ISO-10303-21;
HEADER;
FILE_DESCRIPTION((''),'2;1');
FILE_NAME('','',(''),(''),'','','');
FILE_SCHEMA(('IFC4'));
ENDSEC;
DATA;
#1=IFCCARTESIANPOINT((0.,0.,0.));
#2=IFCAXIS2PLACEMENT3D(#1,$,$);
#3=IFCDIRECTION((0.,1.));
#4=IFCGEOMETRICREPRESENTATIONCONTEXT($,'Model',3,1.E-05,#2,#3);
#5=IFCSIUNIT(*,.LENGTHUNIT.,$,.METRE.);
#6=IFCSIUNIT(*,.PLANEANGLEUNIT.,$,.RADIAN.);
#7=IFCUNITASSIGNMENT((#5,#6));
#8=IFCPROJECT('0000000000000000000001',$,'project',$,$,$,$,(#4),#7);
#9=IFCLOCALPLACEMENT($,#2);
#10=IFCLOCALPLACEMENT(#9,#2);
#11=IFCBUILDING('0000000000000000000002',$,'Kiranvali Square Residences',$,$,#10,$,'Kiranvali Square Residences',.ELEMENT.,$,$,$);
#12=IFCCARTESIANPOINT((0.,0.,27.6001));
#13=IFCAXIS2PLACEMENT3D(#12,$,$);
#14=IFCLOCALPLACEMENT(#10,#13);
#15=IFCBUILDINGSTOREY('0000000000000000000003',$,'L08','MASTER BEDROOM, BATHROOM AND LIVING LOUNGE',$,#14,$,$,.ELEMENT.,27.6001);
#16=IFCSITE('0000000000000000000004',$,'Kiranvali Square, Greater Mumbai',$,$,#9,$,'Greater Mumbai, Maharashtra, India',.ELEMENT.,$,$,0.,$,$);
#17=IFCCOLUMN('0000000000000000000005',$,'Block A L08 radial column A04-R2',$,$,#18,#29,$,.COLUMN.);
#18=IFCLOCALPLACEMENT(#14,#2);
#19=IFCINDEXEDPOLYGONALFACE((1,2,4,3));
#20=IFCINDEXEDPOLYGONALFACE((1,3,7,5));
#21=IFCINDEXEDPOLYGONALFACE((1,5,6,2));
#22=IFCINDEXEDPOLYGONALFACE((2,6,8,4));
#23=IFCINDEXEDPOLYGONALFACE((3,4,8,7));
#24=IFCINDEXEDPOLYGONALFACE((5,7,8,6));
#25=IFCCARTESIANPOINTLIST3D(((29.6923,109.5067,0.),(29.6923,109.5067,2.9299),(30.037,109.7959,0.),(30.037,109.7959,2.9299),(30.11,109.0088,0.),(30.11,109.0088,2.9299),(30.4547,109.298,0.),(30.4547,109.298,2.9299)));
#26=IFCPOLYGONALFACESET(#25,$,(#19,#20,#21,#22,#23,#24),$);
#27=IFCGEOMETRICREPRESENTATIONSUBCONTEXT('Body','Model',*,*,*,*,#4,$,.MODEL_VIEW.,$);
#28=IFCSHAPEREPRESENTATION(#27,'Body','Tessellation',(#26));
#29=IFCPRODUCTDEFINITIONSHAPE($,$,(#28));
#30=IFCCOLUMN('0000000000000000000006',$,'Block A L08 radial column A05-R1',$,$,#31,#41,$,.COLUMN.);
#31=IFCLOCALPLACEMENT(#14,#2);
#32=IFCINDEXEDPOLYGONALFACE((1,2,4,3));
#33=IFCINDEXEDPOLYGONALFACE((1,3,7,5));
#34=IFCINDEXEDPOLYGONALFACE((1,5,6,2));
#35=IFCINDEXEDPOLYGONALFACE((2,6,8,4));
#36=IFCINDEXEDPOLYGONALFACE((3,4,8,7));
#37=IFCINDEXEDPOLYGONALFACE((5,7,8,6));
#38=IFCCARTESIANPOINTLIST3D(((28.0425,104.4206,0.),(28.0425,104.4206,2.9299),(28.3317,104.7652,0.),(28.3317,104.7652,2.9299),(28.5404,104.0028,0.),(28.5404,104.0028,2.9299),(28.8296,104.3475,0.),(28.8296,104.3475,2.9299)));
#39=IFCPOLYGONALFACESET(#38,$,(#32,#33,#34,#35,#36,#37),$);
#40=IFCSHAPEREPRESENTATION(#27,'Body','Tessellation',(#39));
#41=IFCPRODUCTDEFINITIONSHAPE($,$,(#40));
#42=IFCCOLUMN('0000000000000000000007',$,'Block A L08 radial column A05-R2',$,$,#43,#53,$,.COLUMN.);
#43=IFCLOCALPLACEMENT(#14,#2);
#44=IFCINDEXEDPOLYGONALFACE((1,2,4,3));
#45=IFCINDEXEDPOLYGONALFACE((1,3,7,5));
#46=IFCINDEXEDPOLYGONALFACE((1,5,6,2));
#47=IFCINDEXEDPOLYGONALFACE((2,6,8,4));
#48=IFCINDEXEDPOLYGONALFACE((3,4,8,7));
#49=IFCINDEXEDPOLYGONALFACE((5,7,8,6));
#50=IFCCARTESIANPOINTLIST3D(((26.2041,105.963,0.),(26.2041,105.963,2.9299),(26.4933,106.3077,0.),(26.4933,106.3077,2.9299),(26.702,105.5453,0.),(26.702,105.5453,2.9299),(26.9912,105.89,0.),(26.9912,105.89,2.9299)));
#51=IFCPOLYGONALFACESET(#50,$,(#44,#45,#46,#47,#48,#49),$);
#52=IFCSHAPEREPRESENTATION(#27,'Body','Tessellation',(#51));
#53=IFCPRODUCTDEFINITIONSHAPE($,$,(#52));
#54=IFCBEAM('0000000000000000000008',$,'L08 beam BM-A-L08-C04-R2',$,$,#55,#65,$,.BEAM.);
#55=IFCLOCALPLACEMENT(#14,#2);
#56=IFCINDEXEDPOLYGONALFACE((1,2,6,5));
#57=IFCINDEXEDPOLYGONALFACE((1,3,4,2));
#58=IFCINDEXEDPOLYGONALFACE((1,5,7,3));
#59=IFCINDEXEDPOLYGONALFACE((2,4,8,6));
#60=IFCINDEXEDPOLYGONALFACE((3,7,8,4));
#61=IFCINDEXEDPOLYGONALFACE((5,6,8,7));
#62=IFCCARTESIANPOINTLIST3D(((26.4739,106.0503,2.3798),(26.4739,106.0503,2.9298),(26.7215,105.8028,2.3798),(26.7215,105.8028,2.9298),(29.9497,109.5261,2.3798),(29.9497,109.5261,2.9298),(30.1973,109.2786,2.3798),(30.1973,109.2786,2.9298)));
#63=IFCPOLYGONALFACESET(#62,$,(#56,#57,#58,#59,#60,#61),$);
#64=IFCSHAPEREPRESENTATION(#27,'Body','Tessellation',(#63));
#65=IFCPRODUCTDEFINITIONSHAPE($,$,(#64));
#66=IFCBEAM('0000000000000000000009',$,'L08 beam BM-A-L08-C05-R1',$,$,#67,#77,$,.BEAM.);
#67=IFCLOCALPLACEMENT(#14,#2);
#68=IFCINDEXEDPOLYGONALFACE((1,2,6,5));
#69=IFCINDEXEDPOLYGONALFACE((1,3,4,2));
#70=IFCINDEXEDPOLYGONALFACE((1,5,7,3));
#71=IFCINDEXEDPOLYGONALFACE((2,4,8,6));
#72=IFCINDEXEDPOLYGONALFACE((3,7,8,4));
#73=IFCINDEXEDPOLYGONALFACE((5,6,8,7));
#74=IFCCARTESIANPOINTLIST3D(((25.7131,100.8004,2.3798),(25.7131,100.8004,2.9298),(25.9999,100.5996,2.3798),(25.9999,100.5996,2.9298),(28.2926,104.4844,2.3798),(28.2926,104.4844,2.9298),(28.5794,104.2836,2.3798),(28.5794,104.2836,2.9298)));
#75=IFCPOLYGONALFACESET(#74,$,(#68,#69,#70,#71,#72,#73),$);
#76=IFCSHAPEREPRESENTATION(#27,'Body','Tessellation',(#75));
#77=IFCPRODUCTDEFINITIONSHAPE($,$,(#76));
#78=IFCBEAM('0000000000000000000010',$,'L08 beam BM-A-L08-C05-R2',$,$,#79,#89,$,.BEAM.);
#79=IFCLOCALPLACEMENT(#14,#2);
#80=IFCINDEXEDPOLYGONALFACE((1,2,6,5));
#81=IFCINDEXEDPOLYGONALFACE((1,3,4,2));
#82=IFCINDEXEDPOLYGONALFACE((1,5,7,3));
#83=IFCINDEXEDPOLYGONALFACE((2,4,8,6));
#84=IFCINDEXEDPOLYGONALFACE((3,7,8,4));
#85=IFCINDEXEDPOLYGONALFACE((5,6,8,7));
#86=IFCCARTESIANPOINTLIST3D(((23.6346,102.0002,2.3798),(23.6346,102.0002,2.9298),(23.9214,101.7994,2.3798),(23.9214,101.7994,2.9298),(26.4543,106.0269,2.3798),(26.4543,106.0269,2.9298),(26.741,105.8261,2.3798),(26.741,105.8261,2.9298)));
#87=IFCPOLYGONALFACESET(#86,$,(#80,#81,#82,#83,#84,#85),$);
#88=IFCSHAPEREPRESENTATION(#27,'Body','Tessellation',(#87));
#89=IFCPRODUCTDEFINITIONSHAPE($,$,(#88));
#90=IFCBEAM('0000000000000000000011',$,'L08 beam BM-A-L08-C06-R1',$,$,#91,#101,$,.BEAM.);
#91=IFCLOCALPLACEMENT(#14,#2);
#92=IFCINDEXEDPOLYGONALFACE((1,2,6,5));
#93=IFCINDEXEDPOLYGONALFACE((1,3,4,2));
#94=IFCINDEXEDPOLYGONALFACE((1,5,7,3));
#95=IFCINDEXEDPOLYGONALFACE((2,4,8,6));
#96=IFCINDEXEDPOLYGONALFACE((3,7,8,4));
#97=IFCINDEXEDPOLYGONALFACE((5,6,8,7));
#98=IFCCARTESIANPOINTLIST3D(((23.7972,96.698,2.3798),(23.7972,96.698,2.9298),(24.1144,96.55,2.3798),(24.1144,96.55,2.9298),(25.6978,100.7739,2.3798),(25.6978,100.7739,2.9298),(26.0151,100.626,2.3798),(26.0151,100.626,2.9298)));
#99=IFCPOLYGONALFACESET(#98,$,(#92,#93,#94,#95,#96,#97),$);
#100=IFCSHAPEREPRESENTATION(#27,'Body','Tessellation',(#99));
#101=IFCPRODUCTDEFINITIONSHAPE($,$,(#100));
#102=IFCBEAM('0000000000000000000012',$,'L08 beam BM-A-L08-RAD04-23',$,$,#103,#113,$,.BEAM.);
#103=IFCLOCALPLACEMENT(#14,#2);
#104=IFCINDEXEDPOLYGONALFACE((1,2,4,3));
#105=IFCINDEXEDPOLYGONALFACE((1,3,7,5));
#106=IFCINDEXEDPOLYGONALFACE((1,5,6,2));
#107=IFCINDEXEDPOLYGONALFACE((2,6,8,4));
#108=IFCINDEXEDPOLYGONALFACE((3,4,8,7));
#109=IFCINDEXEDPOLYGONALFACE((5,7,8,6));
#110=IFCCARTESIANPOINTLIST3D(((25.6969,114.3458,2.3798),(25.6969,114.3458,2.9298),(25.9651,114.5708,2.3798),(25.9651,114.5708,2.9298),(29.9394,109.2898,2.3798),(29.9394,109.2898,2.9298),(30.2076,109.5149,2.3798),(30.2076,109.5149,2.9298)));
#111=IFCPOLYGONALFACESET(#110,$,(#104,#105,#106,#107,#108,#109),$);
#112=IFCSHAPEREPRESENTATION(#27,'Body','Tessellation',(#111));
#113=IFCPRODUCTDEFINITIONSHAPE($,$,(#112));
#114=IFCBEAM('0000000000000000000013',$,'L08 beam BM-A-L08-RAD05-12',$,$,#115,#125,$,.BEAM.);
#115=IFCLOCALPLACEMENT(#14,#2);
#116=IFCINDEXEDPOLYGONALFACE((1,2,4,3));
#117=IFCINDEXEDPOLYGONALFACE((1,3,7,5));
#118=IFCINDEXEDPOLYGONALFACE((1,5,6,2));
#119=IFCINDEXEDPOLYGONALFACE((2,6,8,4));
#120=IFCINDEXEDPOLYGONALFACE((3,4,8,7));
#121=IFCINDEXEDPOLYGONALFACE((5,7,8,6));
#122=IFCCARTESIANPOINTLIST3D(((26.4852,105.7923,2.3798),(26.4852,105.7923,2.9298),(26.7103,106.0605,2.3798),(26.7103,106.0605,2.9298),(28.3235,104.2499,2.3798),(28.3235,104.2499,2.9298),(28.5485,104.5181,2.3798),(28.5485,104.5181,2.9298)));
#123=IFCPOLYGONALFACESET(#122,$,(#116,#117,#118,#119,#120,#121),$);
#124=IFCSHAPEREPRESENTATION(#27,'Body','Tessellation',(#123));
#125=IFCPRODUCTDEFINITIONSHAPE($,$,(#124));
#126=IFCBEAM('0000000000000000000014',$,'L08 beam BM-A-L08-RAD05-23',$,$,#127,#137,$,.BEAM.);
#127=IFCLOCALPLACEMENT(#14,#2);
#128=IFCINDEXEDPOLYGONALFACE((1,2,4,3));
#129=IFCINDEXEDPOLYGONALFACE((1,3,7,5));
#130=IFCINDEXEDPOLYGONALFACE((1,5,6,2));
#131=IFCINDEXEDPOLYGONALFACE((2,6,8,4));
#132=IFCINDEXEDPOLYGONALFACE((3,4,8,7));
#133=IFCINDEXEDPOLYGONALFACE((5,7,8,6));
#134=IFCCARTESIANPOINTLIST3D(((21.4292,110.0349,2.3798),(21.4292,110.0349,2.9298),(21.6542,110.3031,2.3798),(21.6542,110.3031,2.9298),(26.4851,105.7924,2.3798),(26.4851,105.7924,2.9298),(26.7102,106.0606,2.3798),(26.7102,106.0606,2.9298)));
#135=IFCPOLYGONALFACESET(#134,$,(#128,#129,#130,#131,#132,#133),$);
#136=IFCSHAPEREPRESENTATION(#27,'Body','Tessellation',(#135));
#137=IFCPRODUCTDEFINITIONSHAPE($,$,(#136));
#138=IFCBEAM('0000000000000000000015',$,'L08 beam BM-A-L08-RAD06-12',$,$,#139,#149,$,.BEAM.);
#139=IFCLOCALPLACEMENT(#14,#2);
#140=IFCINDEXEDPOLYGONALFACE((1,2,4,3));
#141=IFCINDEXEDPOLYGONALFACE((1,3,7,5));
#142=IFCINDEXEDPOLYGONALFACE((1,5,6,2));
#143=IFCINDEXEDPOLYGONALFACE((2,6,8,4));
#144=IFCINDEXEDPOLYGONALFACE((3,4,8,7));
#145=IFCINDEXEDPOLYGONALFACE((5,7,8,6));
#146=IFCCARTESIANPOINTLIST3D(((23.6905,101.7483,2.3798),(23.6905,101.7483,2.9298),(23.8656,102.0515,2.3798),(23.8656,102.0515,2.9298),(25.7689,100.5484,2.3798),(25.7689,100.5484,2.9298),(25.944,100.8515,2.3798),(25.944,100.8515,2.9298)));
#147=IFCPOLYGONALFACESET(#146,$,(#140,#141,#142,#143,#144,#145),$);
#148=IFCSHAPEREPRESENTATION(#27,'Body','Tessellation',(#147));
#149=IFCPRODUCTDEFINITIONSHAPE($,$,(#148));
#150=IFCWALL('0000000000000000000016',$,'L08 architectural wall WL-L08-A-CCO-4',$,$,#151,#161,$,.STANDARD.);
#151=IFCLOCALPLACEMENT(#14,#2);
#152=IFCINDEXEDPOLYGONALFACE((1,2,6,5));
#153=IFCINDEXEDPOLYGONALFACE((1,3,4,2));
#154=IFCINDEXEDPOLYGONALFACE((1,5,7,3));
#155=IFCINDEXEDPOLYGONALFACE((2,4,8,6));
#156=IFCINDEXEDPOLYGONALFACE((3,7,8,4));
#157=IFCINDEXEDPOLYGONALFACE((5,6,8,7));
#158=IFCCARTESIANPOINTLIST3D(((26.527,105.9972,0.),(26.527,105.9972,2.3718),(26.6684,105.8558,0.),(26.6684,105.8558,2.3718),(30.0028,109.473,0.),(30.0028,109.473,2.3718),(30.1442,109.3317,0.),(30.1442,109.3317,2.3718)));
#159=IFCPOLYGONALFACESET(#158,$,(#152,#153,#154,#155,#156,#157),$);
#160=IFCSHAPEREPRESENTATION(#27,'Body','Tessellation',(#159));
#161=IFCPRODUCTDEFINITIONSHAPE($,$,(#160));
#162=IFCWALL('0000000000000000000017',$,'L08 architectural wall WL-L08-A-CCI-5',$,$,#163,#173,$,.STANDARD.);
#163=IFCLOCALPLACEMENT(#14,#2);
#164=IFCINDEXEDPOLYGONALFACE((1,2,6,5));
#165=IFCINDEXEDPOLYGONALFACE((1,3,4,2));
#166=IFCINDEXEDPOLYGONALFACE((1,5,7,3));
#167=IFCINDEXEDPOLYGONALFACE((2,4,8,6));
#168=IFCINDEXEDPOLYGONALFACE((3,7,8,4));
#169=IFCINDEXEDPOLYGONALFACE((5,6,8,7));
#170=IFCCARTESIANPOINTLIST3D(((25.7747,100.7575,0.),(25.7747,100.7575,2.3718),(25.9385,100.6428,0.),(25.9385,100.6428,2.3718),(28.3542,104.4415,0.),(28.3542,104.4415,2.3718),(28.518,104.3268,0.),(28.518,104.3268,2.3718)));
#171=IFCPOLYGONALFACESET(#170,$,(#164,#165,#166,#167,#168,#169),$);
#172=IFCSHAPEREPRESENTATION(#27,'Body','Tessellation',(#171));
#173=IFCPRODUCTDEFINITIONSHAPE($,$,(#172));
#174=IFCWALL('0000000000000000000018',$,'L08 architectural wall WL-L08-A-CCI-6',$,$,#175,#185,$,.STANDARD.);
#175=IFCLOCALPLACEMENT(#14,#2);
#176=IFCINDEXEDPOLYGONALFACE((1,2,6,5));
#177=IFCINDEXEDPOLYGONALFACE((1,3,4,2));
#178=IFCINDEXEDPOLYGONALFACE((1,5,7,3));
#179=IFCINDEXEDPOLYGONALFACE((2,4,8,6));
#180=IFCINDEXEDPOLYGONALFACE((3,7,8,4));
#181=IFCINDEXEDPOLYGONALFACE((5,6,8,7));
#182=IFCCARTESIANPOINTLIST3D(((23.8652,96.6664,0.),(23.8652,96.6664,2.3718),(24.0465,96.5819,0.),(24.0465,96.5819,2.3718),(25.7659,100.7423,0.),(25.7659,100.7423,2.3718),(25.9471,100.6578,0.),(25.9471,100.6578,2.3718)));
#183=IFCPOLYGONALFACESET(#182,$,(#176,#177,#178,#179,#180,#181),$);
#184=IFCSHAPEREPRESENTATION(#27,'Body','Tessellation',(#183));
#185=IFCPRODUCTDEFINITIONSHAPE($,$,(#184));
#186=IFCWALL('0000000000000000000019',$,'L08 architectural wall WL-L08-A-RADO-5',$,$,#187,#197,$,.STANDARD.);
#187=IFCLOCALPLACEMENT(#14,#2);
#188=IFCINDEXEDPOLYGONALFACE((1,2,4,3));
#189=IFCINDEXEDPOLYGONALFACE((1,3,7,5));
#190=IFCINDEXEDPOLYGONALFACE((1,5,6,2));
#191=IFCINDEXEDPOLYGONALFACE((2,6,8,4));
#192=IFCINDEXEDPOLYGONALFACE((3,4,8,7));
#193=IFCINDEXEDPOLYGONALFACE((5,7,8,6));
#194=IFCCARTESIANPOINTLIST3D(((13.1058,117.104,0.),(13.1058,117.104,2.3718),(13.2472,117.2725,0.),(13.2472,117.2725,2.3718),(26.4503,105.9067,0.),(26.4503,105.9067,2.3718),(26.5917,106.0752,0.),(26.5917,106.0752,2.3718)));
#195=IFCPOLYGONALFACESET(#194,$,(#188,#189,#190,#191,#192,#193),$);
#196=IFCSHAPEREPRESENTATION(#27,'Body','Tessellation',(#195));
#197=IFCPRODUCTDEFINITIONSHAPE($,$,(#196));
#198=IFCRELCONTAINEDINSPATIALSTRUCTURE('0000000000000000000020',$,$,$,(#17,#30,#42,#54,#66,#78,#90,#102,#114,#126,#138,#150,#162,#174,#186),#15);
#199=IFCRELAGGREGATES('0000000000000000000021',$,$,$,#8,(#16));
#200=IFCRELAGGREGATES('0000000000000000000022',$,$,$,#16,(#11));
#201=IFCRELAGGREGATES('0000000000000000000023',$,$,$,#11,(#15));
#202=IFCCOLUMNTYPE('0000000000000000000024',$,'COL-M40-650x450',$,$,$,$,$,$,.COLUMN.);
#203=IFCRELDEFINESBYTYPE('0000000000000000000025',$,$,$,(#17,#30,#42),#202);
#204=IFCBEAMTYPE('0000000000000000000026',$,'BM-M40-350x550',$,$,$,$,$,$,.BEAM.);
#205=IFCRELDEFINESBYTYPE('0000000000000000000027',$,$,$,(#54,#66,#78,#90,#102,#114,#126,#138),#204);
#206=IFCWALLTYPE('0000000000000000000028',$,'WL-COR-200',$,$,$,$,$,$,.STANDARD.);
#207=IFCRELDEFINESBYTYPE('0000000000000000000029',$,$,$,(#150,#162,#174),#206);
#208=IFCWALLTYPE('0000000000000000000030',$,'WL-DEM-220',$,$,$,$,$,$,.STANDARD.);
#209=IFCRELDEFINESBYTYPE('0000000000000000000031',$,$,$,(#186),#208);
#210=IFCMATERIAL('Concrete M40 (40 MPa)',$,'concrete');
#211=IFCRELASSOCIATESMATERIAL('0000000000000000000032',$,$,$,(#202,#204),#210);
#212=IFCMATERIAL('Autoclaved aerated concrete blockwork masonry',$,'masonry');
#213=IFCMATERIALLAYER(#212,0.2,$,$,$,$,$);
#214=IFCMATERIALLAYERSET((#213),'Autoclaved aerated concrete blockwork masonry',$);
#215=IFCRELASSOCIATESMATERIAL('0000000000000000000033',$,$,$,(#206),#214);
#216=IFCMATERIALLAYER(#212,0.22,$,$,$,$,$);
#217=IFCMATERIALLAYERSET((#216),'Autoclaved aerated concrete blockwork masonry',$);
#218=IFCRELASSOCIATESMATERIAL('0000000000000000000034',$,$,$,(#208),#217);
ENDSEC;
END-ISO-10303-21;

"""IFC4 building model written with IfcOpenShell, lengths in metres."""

from ifc_helpers import new_model, si_unit, direction, frame, frame_2d, origin, origin_2d, place, context, subcontext, project, spatial, rectangle, extrude, material, layer, layer_set, material_profile, profile_set, type_object, element, save


model = new_model("IFC4")

# Units and contexts
model_context = context("Model", 3, precision=1e-05, world=origin(), true_north=direction((0.0, 1.0)))
body_context = subcontext(model_context, "Body", "Model", "MODEL_VIEW")
ifc_project = project(units=[si_unit("LENGTHUNIT", "METRE"), si_unit("PLANEANGLEUNIT", "RADIAN")], contexts=[model_context])

# Site, building, storey
site_placement = place(None, origin())
site = spatial("IfcSite", under=ifc_project, at=site_placement, Name="Kiranvali Square, Greater Mumbai", LongName="Greater Mumbai, Maharashtra, India", CompositionType="ELEMENT", RefElevation=0.0)
building_placement = place(site_placement, origin())
building = spatial("IfcBuilding", under=site, at=building_placement, Name="Kiranvali Square Residences", LongName="Kiranvali Square Residences", CompositionType="ELEMENT")
storey_placement = place(building_placement, frame((0.0, 0.0, 27.6001)))
storey = spatial("IfcBuildingStorey", under=building, at=storey_placement, Name="L08", Description="MASTER BEDROOM, BATHROOM AND LIVING LOUNGE", CompositionType="ELEMENT", Elevation=27.6001)

# Columns
ifc_material_1 = material(Name="Concrete M40 (40 MPa)", Category="concrete")
ifc_material_profile_1 = material_profile(ifc_material_1, rectangle(XDim=0.45, YDim=0.6499, at=origin_2d()), Name="RC 650x450")
ifc_profile_set_1 = profile_set([ifc_material_profile_1], Name="Concrete M40 (40 MPa)")
column_type = type_object("IfcColumnType", Name="COL-M40-650x450", PredefinedType="COLUMN", material=ifc_profile_set_1)
for number, where, z_axis, x_axis, name in (
    (1, (30.0735, 109.4023, 0.0), (0.0, 0.0, 1.0), (0.766044, 0.642788, 0.0), "Block A L08 radial column A04-R2"),
    (2, (28.436, 104.384, 0.0), (0.0, 0.0, 1.0), (0.642788, 0.766044, 0.0), "Block A L08 radial column A05-R1"),
    (3, (26.5977, 105.9265, 0.0), (0.0, 0.0, 1.0), (0.642788, 0.766044, 0.0), "Block A L08 radial column A05-R2"),
):
    element("IfcColumn", number, at=place(storey_placement, frame(where, z_axis=z_axis, x_axis=x_axis)), inside=storey, type_object=column_type, Name=name, PredefinedType="COLUMN", context=body_context, shape_type="SweptSolid", body=[
        extrude(rectangle(XDim=0.45, YDim=0.6499, at=origin_2d()), origin(), (0.0, 0.0, 1.0), 2.9299),
    ])

# Beams
ifc_material_profile_2 = material_profile(ifc_material_1, rectangle(XDim=0.3501, YDim=0.55, at=origin_2d()), Name="RC 350x550")
ifc_profile_set_2 = profile_set([ifc_material_profile_2], Name="Concrete M40 (40 MPa)")
beam_type = type_object("IfcBeamType", Name="BM-M40-350x550", PredefinedType="BEAM", material=ifc_profile_set_2)
beam_1_placement = place(storey_placement, frame((30.0735, 109.4023, 2.6548), z_axis=(-0.707107, -0.707107, 0.0), x_axis=(0.707107, -0.707107, 0.0)))
element("IfcBeam", 4, at=beam_1_placement, inside=storey, type_object=beam_type, Name="L08 beam BM-A-L08-C04-R2", PredefinedType="BEAM", context=body_context, shape_type="SweptSolid", body=[
    extrude(rectangle(XDim=0.3501, YDim=0.55, at=origin_2d()), origin(), (0.0, 0.0, 1.0), 4.9155),
])
beam_2_placement = place(storey_placement, frame((28.436, 104.384, 2.6548), z_axis=(-0.573572, -0.819155, 0.0), x_axis=(0.819155, -0.573572, 0.0)))
element("IfcBeam", 5, at=beam_2_placement, inside=storey, type_object=beam_type, Name="L08 beam BM-A-L08-C05-R1", PredefinedType="BEAM", context=body_context, shape_type="SweptSolid", body=[
    extrude(rectangle(XDim=0.3501, YDim=0.55, at=origin_2d()), origin(), (0.0, 0.0, 1.0), 4.4973),
])
beam_3_placement = place(storey_placement, frame((26.5977, 105.9265, 2.6548), z_axis=(-0.573592, -0.819141, 0.0), x_axis=(0.819141, -0.573592, 0.0)))
element("IfcBeam", 6, at=beam_3_placement, inside=storey, type_object=beam_type, Name="L08 beam BM-A-L08-C05-R2", PredefinedType="BEAM", context=body_context, shape_type="SweptSolid", body=[
    extrude(rectangle(XDim=0.3501, YDim=0.55, at=origin_2d()), origin(), (0.0, 0.0, 1.0), 4.9158),
])
beam_4_placement = place(storey_placement, frame((25.8564, 100.7, 2.6548), z_axis=(-0.422618, -0.906308, 0.0), x_axis=(0.906308, -0.422618, 0.0)))
element("IfcBeam", 7, at=beam_4_placement, inside=storey, type_object=beam_type, Name="L08 beam BM-A-L08-C06-R1", PredefinedType="BEAM", context=body_context, shape_type="SweptSolid", body=[
    extrude(rectangle(XDim=0.3501, YDim=0.55, at=origin_2d()), origin(), (0.0, 0.0, 1.0), 4.4973),
])
beam_5_placement = place(storey_placement, frame((30.0735, 109.4023, 2.6548), z_axis=(-0.642789, 0.766043, 0.0), x_axis=(-0.766043, -0.642789, 0.0)))
element("IfcBeam", 8, at=beam_5_placement, inside=storey, type_object=beam_type, Name="L08 beam BM-A-L08-RAD04-23", PredefinedType="BEAM", context=body_context, shape_type="SweptSolid", body=[
    extrude(rectangle(XDim=0.3501, YDim=0.55, at=origin_2d()), origin(), (0.0, 0.0, 1.0), 6.6001),
])
beam_6_placement = place(storey_placement, frame((28.436, 104.384, 2.6548), z_axis=(-0.766065, 0.642763, 0.0), x_axis=(-0.642763, -0.766065, 0.0)))
element("IfcBeam", 9, at=beam_6_placement, inside=storey, type_object=beam_type, Name="L08 beam BM-A-L08-RAD05-12", PredefinedType="BEAM", context=body_context, shape_type="SweptSolid", body=[
    extrude(rectangle(XDim=0.3501, YDim=0.55, at=origin_2d()), origin(), (0.0, 0.0, 1.0), 2.3997),
])
beam_7_placement = place(storey_placement, frame((26.5977, 105.9265, 2.6548), z_axis=(-0.766043, 0.642789, 0.0), x_axis=(-0.642789, -0.766043, 0.0)))
element("IfcBeam", 10, at=beam_7_placement, inside=storey, type_object=beam_type, Name="L08 beam BM-A-L08-RAD05-23", PredefinedType="BEAM", context=body_context, shape_type="SweptSolid", body=[
    extrude(rectangle(XDim=0.3501, YDim=0.55, at=origin_2d()), origin(), (0.0, 0.0, 1.0), 6.6001),
])
beam_8_placement = place(storey_placement, frame((25.8564, 100.7, 2.6548), z_axis=(-0.866025, 0.500001, 0.0), x_axis=(-0.500001, -0.866025, 0.0)))
element("IfcBeam", 11, at=beam_8_placement, inside=storey, type_object=beam_type, Name="L08 beam BM-A-L08-RAD06-12", PredefinedType="BEAM", context=body_context, shape_type="SweptSolid", body=[
    extrude(rectangle(XDim=0.3501, YDim=0.55, at=origin_2d()), origin(), (0.0, 0.0, 1.0), 2.3999),
])

# Walls
ifc_material_2 = material(Name="Autoclaved aerated concrete blockwork masonry", Category="masonry")
ifc_layer_1 = layer(ifc_material_2, 0.2)
ifc_layer_set_1 = layer_set([ifc_layer_1], Name="Autoclaved aerated concrete blockwork masonry")
wall_type_1 = type_object("IfcWallType", Name="WL-COR-200", PredefinedType="STANDARD", material=ifc_layer_set_1)
wall_1_placement = place(storey_placement, frame((30.0735, 109.4023, 0.0), z_axis=(0.0, 0.0, 1.0), x_axis=(-0.707107, -0.707107, 0.0)))
element("IfcWall", 12, at=wall_1_placement, inside=storey, type_object=wall_type_1, Name="L08 architectural wall WL-L08-A-CCO-4", PredefinedType="STANDARD", context=body_context, shape_type="SweptSolid", body=[
    extrude(rectangle(XDim=4.9155, YDim=0.2, at=frame_2d((2.4578, 0.0))), origin(), (0.0, 0.0, 1.0), 2.3718),
])
wall_2_placement = place(storey_placement, frame((28.436, 104.384, 0.0), z_axis=(0.0, 0.0, 1.0), x_axis=(-0.573572, -0.819155, 0.0)))
element("IfcWall", 13, at=wall_2_placement, inside=storey, type_object=wall_type_1, Name="L08 architectural wall WL-L08-A-CCI-5", PredefinedType="STANDARD", context=body_context, shape_type="SweptSolid", body=[
    extrude(rectangle(XDim=4.4973, YDim=0.2, at=frame_2d((2.2485, 0.0))), origin(), (0.0, 0.0, 1.0), 2.3718),
])

# Walls
wall_3_placement = place(storey_placement, frame((25.8564, 100.7, 0.0), z_axis=(0.0, 0.0, 1.0), x_axis=(-0.422618, -0.906308, 0.0)))
element("IfcWall", 14, at=wall_3_placement, inside=storey, type_object=wall_type_1, Name="L08 architectural wall WL-L08-A-CCI-6", PredefinedType="STANDARD", context=body_context, shape_type="SweptSolid", body=[
    extrude(rectangle(XDim=4.4973, YDim=0.2, at=frame_2d((2.2485, 0.0))), origin(), (0.0, 0.0, 1.0), 2.3718),
])
ifc_layer_2 = layer(ifc_material_2, 0.22)
ifc_layer_set_2 = layer_set([ifc_layer_2], Name="Autoclaved aerated concrete blockwork masonry")
wall_type_2 = type_object("IfcWallType", Name="WL-DEM-220", PredefinedType="STANDARD", material=ifc_layer_set_2)
wall_4_placement = place(storey_placement, frame((26.521, 105.991, 0.0), z_axis=(0.0, 0.0, 1.0), x_axis=(-0.766047, 0.642785, 0.0)))
element("IfcWall", 15, at=wall_4_placement, inside=storey, type_object=wall_type_2, Name="L08 architectural wall WL-L08-A-RADO-5", PredefinedType="STANDARD", context=body_context, shape_type="SweptSolid", body=[
    extrude(rectangle(XDim=17.4199, YDim=0.22, at=frame_2d((8.71, 0.0))), origin(), (0.0, 0.0, 1.0), 2.3718),
])

save(model, "model.ifc")
